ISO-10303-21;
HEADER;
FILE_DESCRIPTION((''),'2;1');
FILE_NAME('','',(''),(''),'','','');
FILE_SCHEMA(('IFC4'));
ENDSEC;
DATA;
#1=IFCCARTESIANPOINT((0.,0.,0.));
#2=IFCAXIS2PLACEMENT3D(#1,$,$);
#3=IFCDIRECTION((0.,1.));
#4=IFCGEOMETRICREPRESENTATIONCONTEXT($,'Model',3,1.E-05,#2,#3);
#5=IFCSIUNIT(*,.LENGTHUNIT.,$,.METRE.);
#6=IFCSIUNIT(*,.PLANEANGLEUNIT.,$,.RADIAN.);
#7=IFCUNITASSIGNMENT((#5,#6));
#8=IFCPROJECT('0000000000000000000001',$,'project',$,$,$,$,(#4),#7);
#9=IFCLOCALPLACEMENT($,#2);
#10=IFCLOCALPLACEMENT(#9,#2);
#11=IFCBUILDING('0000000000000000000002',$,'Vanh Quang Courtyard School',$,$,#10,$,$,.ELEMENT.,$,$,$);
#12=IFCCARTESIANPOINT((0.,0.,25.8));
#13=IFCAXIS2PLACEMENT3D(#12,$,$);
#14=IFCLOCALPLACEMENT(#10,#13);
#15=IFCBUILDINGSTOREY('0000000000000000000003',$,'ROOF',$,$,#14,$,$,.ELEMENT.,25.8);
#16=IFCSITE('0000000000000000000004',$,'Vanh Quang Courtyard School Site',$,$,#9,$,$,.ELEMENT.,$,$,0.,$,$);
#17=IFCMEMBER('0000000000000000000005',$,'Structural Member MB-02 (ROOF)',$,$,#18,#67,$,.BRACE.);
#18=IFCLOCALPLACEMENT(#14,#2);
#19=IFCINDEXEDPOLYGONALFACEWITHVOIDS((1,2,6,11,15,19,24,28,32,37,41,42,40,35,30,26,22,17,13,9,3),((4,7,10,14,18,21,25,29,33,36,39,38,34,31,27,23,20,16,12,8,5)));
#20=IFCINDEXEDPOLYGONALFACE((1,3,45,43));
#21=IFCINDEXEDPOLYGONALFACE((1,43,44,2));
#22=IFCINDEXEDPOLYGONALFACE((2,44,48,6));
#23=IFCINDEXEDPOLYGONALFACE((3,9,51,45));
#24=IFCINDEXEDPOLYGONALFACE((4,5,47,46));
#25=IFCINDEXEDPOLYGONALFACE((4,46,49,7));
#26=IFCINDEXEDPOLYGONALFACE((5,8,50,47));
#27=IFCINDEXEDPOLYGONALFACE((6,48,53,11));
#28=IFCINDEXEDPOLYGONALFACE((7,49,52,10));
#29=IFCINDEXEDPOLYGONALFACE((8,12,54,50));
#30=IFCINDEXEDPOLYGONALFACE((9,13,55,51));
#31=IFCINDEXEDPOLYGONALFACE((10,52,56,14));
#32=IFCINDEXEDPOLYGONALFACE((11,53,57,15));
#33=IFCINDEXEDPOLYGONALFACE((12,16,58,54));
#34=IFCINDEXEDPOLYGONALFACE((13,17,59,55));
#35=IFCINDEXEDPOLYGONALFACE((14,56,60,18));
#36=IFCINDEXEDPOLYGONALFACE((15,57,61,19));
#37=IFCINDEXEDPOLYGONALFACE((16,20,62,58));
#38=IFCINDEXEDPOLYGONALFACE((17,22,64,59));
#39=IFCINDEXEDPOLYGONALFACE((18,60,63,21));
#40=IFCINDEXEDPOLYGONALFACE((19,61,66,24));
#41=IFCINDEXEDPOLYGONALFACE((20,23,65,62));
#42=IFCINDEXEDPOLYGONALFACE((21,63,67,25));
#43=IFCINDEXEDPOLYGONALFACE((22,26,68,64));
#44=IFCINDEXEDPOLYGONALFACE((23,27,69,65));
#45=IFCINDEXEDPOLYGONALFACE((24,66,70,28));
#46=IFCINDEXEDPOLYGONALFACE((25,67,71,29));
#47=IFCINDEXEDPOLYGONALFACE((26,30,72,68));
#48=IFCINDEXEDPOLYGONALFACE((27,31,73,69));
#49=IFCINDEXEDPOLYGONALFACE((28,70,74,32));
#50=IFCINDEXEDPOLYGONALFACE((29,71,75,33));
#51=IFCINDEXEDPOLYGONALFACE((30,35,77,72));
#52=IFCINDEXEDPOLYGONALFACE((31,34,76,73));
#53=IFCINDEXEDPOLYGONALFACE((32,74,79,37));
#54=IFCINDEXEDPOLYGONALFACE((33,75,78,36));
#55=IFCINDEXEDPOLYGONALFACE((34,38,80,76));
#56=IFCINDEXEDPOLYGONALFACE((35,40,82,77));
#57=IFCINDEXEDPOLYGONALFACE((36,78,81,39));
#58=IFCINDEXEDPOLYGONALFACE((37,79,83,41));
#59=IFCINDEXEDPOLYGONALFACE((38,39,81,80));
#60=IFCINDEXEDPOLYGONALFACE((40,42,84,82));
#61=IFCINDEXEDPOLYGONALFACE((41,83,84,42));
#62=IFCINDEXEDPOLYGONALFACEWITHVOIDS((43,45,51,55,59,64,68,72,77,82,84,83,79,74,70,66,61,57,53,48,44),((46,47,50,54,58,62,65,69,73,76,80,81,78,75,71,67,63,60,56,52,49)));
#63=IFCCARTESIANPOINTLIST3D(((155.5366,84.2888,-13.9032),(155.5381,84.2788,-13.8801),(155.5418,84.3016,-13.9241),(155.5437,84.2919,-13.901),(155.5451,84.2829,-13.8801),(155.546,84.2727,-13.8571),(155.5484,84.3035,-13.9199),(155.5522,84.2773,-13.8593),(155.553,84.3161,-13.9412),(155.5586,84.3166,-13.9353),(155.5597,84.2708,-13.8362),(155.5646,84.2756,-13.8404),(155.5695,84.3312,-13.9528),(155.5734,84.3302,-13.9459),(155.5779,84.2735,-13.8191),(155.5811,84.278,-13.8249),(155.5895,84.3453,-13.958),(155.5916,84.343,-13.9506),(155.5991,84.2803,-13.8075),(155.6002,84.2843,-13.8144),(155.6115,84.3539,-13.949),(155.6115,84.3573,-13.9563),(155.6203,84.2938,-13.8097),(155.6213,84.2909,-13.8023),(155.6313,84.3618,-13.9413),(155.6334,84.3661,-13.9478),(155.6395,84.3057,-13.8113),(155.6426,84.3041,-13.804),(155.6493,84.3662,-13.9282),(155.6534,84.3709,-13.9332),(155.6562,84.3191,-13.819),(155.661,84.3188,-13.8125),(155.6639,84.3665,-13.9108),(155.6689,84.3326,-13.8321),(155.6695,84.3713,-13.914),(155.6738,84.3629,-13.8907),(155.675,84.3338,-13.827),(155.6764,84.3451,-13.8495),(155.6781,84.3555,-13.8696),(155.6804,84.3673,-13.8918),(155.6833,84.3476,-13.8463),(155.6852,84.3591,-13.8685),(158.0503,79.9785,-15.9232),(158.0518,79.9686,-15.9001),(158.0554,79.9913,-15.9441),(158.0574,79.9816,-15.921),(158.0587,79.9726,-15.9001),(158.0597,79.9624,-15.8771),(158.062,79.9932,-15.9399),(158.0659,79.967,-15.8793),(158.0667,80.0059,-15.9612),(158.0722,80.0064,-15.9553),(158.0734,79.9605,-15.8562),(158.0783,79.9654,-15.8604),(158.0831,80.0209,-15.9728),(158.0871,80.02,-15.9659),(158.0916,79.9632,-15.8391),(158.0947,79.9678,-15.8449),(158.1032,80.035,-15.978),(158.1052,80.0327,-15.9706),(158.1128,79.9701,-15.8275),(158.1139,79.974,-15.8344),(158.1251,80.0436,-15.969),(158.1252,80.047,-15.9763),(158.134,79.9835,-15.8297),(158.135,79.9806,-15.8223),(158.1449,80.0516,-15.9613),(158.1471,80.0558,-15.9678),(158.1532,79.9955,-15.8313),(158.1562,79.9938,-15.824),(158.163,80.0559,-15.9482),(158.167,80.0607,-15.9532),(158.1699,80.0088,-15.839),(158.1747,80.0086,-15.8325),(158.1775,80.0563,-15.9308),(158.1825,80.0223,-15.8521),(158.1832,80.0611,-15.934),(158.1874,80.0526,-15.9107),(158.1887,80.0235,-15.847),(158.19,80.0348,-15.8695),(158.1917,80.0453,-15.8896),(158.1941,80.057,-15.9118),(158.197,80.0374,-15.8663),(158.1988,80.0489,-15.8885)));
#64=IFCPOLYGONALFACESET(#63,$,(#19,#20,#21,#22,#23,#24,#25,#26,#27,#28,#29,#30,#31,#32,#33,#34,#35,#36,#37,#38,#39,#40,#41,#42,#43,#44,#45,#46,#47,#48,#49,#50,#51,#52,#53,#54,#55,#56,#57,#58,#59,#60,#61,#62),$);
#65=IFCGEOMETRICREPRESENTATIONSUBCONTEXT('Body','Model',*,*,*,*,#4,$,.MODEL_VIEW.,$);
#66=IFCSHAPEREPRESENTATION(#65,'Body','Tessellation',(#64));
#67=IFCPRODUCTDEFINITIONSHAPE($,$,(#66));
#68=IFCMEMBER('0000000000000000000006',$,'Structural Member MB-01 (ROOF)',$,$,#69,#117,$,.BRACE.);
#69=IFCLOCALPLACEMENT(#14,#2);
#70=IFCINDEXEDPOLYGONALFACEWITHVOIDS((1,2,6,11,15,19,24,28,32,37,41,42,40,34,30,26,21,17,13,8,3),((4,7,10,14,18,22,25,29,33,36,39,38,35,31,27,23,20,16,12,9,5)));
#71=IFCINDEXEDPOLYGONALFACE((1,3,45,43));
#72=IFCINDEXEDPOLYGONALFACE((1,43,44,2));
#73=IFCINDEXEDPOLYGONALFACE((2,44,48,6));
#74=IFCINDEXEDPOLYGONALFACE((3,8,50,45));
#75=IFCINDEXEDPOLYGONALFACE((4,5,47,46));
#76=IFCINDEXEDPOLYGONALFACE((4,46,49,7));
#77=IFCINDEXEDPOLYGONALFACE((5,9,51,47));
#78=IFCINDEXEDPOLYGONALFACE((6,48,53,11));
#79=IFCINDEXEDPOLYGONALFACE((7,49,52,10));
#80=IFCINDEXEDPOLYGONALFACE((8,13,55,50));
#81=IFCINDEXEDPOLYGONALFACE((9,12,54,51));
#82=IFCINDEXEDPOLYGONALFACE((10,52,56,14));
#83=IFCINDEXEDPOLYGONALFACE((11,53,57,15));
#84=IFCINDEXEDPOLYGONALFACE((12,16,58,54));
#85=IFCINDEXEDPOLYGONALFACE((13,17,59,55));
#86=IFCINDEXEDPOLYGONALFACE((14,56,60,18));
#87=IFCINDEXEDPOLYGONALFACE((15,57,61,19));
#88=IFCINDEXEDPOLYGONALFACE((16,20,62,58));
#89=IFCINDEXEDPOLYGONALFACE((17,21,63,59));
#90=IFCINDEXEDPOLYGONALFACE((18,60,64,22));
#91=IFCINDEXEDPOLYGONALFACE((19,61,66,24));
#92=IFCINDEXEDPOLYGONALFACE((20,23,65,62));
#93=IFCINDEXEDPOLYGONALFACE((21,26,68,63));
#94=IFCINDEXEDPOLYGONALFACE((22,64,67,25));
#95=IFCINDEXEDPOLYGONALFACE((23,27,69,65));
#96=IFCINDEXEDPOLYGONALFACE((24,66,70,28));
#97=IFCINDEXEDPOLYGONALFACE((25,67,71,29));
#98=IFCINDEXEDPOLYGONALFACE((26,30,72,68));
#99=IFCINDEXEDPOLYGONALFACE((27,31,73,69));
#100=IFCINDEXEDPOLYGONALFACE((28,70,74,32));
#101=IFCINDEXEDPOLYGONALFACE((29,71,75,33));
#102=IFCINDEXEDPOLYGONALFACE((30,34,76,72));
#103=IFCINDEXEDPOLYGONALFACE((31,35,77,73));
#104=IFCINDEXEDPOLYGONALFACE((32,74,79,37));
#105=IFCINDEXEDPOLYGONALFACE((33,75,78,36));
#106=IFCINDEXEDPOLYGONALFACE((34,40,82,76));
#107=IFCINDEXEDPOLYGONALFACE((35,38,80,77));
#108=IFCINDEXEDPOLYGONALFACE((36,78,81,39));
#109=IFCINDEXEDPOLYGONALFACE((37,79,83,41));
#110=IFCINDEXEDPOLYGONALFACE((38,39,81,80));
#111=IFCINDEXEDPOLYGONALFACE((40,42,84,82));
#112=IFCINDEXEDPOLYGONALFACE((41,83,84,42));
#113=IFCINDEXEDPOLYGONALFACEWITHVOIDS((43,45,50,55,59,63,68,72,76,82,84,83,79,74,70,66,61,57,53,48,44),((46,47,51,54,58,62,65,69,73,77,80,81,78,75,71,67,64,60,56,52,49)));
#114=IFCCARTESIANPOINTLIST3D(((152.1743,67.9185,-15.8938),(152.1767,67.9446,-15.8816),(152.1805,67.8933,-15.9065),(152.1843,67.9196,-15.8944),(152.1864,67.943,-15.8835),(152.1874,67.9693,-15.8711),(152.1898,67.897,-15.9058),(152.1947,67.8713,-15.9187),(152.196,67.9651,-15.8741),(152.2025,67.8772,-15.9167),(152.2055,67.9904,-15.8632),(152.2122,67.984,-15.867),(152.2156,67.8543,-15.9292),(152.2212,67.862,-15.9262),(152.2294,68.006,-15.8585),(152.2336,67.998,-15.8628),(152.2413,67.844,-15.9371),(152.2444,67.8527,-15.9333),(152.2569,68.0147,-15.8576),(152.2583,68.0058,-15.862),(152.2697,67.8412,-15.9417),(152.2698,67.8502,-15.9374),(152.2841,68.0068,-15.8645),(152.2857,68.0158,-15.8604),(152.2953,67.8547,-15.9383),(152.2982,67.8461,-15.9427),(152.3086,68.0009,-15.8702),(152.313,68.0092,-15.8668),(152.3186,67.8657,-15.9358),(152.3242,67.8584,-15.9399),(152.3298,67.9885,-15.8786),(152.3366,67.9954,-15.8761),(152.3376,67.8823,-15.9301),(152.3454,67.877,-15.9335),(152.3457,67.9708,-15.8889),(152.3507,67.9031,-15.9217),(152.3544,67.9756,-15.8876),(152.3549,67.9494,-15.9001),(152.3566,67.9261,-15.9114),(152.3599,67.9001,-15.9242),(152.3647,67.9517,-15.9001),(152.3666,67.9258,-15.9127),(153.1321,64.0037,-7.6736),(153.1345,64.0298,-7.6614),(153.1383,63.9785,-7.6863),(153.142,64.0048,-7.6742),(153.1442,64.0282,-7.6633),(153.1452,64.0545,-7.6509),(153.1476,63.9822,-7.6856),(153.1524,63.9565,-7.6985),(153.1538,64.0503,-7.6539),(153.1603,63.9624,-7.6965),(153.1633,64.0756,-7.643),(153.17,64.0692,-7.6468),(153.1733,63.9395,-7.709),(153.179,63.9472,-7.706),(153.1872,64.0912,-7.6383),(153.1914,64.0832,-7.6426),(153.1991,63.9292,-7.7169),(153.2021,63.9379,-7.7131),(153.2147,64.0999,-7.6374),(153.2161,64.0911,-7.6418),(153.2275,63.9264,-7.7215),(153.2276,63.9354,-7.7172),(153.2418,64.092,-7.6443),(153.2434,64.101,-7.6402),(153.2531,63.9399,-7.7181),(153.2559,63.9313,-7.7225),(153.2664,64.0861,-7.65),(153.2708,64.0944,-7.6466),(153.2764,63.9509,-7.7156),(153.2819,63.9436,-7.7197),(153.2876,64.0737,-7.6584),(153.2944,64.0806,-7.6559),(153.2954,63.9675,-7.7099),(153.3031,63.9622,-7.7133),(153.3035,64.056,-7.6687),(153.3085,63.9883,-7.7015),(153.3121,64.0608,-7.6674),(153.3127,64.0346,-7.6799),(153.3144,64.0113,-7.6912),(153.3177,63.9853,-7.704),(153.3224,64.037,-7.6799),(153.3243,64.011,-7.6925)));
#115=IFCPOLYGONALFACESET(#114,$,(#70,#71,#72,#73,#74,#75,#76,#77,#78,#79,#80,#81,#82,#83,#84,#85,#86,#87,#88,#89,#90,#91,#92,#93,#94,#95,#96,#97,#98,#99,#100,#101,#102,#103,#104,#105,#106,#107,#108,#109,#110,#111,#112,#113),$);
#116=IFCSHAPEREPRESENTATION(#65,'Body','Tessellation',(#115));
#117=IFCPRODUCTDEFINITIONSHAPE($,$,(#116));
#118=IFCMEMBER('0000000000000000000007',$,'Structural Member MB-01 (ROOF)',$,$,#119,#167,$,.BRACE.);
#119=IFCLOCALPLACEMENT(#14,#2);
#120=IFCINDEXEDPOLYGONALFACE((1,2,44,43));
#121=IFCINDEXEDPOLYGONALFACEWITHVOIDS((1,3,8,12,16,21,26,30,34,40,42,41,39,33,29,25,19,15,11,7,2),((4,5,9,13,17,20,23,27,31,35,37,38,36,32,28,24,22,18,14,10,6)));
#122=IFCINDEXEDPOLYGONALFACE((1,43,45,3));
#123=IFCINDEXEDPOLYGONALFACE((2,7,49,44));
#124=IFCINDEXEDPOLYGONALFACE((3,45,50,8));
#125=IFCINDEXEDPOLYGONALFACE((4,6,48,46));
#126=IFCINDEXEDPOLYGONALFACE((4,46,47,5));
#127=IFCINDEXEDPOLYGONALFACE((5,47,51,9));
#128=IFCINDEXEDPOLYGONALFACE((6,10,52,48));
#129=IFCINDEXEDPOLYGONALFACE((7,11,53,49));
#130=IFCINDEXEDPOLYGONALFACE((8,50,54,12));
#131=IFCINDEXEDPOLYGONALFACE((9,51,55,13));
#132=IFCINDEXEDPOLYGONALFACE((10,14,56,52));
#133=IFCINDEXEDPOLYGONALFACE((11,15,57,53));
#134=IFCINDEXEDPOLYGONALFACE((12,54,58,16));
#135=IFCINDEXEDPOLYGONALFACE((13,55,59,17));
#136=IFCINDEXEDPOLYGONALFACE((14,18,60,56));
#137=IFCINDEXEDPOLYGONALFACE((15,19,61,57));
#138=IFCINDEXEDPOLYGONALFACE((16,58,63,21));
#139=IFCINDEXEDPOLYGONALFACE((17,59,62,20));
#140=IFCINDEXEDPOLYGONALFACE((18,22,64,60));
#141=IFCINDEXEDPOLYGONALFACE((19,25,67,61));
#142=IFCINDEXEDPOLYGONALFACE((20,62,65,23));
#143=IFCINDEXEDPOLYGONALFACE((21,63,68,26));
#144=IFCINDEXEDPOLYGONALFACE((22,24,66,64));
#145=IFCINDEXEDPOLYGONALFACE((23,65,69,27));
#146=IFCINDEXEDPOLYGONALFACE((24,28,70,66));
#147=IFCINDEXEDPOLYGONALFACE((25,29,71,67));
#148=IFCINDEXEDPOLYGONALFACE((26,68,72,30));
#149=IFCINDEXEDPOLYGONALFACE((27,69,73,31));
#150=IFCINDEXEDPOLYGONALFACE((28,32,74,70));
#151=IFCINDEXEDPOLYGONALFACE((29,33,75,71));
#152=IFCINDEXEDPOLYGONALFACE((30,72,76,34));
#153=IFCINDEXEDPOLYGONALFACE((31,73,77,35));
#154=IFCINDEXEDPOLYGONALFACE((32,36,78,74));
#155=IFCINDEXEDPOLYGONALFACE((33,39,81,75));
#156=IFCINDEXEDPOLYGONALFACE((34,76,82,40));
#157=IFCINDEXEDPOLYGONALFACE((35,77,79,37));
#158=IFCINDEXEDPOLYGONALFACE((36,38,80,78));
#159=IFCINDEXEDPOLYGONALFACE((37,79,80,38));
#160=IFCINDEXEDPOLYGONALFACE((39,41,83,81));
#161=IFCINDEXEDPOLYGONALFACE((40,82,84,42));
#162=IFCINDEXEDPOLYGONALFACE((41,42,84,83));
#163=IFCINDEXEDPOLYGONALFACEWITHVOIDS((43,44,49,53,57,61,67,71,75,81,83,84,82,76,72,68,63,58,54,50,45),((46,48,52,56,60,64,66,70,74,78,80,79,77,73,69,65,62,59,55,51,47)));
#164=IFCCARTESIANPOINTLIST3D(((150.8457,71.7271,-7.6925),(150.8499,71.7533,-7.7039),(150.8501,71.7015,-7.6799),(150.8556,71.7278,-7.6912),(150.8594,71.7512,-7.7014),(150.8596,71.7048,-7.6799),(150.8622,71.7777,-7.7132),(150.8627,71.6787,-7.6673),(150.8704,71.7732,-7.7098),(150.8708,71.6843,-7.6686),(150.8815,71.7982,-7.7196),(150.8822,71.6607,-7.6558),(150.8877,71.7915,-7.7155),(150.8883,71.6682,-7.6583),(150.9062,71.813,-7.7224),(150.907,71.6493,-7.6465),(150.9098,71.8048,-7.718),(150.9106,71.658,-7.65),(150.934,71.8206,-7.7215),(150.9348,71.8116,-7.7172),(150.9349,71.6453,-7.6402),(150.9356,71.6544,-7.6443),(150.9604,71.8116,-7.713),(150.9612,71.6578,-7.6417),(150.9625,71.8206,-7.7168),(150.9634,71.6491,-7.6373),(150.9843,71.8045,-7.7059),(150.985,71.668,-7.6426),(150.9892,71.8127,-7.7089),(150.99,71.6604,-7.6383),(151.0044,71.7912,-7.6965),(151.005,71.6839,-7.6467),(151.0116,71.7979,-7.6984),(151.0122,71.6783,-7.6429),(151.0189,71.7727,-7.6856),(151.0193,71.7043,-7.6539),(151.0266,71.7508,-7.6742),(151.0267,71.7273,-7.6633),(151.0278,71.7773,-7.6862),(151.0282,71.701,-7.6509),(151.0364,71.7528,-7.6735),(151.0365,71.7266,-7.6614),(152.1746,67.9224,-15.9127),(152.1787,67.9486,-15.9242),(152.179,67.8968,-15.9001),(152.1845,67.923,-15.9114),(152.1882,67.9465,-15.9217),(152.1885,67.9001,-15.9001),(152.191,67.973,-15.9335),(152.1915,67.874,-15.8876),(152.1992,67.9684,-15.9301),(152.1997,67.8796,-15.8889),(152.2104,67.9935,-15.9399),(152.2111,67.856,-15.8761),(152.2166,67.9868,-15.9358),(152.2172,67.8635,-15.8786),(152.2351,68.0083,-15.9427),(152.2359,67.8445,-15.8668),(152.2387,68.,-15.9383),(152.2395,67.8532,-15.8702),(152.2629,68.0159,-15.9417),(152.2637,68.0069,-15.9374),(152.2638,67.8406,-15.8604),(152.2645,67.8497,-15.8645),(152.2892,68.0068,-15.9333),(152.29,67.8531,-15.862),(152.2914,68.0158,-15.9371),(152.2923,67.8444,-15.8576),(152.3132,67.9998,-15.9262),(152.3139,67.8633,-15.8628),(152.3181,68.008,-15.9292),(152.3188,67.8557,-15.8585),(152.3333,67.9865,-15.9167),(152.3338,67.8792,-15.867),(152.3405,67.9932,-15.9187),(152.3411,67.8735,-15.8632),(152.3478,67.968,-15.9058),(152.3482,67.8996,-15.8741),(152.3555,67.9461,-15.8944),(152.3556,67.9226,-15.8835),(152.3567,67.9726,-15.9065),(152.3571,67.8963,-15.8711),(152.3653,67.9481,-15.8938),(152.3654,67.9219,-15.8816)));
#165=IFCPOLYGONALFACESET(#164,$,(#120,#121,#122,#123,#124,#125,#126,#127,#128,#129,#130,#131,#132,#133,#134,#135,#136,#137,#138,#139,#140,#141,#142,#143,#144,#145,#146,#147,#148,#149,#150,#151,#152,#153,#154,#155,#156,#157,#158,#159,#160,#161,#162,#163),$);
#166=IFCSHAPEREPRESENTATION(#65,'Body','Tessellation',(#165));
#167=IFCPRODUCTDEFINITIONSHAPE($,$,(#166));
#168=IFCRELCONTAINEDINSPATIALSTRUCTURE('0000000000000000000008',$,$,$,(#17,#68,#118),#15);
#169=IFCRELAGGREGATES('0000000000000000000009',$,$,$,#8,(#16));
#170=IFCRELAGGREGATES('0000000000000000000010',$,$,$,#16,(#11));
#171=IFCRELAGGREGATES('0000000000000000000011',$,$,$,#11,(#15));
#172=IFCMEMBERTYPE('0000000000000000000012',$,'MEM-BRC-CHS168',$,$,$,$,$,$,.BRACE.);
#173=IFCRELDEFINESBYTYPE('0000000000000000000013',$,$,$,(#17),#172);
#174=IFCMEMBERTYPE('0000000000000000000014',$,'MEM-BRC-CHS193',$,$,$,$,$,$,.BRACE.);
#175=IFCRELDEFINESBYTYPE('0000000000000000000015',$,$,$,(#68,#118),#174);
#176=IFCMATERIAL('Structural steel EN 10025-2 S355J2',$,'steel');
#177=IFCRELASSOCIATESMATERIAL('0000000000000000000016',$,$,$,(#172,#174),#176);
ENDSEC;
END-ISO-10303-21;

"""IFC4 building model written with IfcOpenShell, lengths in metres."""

from ifc_helpers import new_model, si_unit, direction, frame, origin, origin_2d, place, context, subcontext, project, spatial, hollow_circle, extrude, material, material_profile, profile_set, type_object, element, save


model = new_model("IFC4")

# Units and contexts
model_context = context("Model", 3, precision=1e-05, world=origin(), true_north=direction((0.0, 1.0)))
body_context = subcontext(model_context, "Body", "Model", "MODEL_VIEW")
ifc_project = project(units=[si_unit("LENGTHUNIT", "METRE"), si_unit("PLANEANGLEUNIT", "RADIAN")], contexts=[model_context])

# Site, building, storey
site_placement = place(None, origin())
site = spatial("IfcSite", under=ifc_project, at=site_placement, Name="Vanh Quang Courtyard School Site", CompositionType="ELEMENT", RefElevation=0.0)
building_placement = place(site_placement, origin())
building = spatial("IfcBuilding", under=site, at=building_placement, Name="Vanh Quang Courtyard School", CompositionType="ELEMENT")
storey_placement = place(building_placement, frame((0.0, 0.0, 25.8)))
storey = spatial("IfcBuildingStorey", under=building, at=storey_placement, Name="ROOF", CompositionType="ELEMENT", Elevation=25.8)

# Shared definitions
ifc_material_1 = material(Name="Structural steel EN 10025-2 S355J2", Category="steel")

# Members
ifc_material_profile_1 = material_profile(ifc_material_1, hollow_circle(Radius=0.0842, WallThickness=0.0081, at=origin_2d()), Name="CHS 168.3x8")
ifc_profile_set_1 = profile_set([ifc_material_profile_1], Name="Structural steel EN 10025-2 S355J2")
member_type_1 = type_object("IfcMemberType", Name="MEM-BRC-CHS168", PredefinedType="BRACE", material=ifc_profile_set_1)
for number, where, z_axis, x_axis, name in (
    (1, (158.1245, 80.011, -15.9001), (-0.466956, 0.800711, 0.375252), (-0.863837, -0.503771, 0.0), "Structural Member MB-02 (ROOF)"),
):
    element("IfcMember", number, at=place(storey_placement, frame(where, z_axis=z_axis, x_axis=x_axis)), inside=storey, type_object=member_type_1, Name=name, PredefinedType="BRACE", context=body_context, shape_type="SweptSolid", body=[
        extrude(hollow_circle(Radius=0.0842, WallThickness=0.0081, at=origin_2d()), origin(), (0.0, 0.0, 1.0), 5.3831),
    ])
ifc_material_profile_2 = material_profile(ifc_material_1, hollow_circle(Radius=0.0969, WallThickness=0.01, at=origin_2d()), Name="CHS 193.7x10")
ifc_profile_set_2 = profile_set([ifc_material_profile_2], Name="Structural steel EN 10025-2 S355J2")
member_type_2 = type_object("IfcMemberType", Name="MEM-BRC-CHS193", PredefinedType="BRACE", material=ifc_profile_set_2)
for number, where, z_axis, x_axis, name in (
    (2, (152.2705, 67.9287, -15.9001), (0.104616, -0.427611, 0.897889), (0.971352, 0.237644, 0.0), "Structural Member MB-01 (ROOF)"),
    (3, (152.2705, 67.9287, -15.9001), (-0.145152, 0.415587, 0.897897), (-0.944073, -0.329735, 0.0), "Structural Member MB-01 (ROOF)"),
):
    element("IfcMember", number, at=place(storey_placement, frame(where, z_axis=z_axis, x_axis=x_axis)), inside=storey, type_object=member_type_2, Name=name, PredefinedType="BRACE", context=body_context, shape_type="SweptSolid", body=[
        extrude(hollow_circle(Radius=0.0969, WallThickness=0.01, at=origin_2d()), origin(), (0.0, 0.0, 1.0), 9.155),
    ])

save(model, "model.ifc")
